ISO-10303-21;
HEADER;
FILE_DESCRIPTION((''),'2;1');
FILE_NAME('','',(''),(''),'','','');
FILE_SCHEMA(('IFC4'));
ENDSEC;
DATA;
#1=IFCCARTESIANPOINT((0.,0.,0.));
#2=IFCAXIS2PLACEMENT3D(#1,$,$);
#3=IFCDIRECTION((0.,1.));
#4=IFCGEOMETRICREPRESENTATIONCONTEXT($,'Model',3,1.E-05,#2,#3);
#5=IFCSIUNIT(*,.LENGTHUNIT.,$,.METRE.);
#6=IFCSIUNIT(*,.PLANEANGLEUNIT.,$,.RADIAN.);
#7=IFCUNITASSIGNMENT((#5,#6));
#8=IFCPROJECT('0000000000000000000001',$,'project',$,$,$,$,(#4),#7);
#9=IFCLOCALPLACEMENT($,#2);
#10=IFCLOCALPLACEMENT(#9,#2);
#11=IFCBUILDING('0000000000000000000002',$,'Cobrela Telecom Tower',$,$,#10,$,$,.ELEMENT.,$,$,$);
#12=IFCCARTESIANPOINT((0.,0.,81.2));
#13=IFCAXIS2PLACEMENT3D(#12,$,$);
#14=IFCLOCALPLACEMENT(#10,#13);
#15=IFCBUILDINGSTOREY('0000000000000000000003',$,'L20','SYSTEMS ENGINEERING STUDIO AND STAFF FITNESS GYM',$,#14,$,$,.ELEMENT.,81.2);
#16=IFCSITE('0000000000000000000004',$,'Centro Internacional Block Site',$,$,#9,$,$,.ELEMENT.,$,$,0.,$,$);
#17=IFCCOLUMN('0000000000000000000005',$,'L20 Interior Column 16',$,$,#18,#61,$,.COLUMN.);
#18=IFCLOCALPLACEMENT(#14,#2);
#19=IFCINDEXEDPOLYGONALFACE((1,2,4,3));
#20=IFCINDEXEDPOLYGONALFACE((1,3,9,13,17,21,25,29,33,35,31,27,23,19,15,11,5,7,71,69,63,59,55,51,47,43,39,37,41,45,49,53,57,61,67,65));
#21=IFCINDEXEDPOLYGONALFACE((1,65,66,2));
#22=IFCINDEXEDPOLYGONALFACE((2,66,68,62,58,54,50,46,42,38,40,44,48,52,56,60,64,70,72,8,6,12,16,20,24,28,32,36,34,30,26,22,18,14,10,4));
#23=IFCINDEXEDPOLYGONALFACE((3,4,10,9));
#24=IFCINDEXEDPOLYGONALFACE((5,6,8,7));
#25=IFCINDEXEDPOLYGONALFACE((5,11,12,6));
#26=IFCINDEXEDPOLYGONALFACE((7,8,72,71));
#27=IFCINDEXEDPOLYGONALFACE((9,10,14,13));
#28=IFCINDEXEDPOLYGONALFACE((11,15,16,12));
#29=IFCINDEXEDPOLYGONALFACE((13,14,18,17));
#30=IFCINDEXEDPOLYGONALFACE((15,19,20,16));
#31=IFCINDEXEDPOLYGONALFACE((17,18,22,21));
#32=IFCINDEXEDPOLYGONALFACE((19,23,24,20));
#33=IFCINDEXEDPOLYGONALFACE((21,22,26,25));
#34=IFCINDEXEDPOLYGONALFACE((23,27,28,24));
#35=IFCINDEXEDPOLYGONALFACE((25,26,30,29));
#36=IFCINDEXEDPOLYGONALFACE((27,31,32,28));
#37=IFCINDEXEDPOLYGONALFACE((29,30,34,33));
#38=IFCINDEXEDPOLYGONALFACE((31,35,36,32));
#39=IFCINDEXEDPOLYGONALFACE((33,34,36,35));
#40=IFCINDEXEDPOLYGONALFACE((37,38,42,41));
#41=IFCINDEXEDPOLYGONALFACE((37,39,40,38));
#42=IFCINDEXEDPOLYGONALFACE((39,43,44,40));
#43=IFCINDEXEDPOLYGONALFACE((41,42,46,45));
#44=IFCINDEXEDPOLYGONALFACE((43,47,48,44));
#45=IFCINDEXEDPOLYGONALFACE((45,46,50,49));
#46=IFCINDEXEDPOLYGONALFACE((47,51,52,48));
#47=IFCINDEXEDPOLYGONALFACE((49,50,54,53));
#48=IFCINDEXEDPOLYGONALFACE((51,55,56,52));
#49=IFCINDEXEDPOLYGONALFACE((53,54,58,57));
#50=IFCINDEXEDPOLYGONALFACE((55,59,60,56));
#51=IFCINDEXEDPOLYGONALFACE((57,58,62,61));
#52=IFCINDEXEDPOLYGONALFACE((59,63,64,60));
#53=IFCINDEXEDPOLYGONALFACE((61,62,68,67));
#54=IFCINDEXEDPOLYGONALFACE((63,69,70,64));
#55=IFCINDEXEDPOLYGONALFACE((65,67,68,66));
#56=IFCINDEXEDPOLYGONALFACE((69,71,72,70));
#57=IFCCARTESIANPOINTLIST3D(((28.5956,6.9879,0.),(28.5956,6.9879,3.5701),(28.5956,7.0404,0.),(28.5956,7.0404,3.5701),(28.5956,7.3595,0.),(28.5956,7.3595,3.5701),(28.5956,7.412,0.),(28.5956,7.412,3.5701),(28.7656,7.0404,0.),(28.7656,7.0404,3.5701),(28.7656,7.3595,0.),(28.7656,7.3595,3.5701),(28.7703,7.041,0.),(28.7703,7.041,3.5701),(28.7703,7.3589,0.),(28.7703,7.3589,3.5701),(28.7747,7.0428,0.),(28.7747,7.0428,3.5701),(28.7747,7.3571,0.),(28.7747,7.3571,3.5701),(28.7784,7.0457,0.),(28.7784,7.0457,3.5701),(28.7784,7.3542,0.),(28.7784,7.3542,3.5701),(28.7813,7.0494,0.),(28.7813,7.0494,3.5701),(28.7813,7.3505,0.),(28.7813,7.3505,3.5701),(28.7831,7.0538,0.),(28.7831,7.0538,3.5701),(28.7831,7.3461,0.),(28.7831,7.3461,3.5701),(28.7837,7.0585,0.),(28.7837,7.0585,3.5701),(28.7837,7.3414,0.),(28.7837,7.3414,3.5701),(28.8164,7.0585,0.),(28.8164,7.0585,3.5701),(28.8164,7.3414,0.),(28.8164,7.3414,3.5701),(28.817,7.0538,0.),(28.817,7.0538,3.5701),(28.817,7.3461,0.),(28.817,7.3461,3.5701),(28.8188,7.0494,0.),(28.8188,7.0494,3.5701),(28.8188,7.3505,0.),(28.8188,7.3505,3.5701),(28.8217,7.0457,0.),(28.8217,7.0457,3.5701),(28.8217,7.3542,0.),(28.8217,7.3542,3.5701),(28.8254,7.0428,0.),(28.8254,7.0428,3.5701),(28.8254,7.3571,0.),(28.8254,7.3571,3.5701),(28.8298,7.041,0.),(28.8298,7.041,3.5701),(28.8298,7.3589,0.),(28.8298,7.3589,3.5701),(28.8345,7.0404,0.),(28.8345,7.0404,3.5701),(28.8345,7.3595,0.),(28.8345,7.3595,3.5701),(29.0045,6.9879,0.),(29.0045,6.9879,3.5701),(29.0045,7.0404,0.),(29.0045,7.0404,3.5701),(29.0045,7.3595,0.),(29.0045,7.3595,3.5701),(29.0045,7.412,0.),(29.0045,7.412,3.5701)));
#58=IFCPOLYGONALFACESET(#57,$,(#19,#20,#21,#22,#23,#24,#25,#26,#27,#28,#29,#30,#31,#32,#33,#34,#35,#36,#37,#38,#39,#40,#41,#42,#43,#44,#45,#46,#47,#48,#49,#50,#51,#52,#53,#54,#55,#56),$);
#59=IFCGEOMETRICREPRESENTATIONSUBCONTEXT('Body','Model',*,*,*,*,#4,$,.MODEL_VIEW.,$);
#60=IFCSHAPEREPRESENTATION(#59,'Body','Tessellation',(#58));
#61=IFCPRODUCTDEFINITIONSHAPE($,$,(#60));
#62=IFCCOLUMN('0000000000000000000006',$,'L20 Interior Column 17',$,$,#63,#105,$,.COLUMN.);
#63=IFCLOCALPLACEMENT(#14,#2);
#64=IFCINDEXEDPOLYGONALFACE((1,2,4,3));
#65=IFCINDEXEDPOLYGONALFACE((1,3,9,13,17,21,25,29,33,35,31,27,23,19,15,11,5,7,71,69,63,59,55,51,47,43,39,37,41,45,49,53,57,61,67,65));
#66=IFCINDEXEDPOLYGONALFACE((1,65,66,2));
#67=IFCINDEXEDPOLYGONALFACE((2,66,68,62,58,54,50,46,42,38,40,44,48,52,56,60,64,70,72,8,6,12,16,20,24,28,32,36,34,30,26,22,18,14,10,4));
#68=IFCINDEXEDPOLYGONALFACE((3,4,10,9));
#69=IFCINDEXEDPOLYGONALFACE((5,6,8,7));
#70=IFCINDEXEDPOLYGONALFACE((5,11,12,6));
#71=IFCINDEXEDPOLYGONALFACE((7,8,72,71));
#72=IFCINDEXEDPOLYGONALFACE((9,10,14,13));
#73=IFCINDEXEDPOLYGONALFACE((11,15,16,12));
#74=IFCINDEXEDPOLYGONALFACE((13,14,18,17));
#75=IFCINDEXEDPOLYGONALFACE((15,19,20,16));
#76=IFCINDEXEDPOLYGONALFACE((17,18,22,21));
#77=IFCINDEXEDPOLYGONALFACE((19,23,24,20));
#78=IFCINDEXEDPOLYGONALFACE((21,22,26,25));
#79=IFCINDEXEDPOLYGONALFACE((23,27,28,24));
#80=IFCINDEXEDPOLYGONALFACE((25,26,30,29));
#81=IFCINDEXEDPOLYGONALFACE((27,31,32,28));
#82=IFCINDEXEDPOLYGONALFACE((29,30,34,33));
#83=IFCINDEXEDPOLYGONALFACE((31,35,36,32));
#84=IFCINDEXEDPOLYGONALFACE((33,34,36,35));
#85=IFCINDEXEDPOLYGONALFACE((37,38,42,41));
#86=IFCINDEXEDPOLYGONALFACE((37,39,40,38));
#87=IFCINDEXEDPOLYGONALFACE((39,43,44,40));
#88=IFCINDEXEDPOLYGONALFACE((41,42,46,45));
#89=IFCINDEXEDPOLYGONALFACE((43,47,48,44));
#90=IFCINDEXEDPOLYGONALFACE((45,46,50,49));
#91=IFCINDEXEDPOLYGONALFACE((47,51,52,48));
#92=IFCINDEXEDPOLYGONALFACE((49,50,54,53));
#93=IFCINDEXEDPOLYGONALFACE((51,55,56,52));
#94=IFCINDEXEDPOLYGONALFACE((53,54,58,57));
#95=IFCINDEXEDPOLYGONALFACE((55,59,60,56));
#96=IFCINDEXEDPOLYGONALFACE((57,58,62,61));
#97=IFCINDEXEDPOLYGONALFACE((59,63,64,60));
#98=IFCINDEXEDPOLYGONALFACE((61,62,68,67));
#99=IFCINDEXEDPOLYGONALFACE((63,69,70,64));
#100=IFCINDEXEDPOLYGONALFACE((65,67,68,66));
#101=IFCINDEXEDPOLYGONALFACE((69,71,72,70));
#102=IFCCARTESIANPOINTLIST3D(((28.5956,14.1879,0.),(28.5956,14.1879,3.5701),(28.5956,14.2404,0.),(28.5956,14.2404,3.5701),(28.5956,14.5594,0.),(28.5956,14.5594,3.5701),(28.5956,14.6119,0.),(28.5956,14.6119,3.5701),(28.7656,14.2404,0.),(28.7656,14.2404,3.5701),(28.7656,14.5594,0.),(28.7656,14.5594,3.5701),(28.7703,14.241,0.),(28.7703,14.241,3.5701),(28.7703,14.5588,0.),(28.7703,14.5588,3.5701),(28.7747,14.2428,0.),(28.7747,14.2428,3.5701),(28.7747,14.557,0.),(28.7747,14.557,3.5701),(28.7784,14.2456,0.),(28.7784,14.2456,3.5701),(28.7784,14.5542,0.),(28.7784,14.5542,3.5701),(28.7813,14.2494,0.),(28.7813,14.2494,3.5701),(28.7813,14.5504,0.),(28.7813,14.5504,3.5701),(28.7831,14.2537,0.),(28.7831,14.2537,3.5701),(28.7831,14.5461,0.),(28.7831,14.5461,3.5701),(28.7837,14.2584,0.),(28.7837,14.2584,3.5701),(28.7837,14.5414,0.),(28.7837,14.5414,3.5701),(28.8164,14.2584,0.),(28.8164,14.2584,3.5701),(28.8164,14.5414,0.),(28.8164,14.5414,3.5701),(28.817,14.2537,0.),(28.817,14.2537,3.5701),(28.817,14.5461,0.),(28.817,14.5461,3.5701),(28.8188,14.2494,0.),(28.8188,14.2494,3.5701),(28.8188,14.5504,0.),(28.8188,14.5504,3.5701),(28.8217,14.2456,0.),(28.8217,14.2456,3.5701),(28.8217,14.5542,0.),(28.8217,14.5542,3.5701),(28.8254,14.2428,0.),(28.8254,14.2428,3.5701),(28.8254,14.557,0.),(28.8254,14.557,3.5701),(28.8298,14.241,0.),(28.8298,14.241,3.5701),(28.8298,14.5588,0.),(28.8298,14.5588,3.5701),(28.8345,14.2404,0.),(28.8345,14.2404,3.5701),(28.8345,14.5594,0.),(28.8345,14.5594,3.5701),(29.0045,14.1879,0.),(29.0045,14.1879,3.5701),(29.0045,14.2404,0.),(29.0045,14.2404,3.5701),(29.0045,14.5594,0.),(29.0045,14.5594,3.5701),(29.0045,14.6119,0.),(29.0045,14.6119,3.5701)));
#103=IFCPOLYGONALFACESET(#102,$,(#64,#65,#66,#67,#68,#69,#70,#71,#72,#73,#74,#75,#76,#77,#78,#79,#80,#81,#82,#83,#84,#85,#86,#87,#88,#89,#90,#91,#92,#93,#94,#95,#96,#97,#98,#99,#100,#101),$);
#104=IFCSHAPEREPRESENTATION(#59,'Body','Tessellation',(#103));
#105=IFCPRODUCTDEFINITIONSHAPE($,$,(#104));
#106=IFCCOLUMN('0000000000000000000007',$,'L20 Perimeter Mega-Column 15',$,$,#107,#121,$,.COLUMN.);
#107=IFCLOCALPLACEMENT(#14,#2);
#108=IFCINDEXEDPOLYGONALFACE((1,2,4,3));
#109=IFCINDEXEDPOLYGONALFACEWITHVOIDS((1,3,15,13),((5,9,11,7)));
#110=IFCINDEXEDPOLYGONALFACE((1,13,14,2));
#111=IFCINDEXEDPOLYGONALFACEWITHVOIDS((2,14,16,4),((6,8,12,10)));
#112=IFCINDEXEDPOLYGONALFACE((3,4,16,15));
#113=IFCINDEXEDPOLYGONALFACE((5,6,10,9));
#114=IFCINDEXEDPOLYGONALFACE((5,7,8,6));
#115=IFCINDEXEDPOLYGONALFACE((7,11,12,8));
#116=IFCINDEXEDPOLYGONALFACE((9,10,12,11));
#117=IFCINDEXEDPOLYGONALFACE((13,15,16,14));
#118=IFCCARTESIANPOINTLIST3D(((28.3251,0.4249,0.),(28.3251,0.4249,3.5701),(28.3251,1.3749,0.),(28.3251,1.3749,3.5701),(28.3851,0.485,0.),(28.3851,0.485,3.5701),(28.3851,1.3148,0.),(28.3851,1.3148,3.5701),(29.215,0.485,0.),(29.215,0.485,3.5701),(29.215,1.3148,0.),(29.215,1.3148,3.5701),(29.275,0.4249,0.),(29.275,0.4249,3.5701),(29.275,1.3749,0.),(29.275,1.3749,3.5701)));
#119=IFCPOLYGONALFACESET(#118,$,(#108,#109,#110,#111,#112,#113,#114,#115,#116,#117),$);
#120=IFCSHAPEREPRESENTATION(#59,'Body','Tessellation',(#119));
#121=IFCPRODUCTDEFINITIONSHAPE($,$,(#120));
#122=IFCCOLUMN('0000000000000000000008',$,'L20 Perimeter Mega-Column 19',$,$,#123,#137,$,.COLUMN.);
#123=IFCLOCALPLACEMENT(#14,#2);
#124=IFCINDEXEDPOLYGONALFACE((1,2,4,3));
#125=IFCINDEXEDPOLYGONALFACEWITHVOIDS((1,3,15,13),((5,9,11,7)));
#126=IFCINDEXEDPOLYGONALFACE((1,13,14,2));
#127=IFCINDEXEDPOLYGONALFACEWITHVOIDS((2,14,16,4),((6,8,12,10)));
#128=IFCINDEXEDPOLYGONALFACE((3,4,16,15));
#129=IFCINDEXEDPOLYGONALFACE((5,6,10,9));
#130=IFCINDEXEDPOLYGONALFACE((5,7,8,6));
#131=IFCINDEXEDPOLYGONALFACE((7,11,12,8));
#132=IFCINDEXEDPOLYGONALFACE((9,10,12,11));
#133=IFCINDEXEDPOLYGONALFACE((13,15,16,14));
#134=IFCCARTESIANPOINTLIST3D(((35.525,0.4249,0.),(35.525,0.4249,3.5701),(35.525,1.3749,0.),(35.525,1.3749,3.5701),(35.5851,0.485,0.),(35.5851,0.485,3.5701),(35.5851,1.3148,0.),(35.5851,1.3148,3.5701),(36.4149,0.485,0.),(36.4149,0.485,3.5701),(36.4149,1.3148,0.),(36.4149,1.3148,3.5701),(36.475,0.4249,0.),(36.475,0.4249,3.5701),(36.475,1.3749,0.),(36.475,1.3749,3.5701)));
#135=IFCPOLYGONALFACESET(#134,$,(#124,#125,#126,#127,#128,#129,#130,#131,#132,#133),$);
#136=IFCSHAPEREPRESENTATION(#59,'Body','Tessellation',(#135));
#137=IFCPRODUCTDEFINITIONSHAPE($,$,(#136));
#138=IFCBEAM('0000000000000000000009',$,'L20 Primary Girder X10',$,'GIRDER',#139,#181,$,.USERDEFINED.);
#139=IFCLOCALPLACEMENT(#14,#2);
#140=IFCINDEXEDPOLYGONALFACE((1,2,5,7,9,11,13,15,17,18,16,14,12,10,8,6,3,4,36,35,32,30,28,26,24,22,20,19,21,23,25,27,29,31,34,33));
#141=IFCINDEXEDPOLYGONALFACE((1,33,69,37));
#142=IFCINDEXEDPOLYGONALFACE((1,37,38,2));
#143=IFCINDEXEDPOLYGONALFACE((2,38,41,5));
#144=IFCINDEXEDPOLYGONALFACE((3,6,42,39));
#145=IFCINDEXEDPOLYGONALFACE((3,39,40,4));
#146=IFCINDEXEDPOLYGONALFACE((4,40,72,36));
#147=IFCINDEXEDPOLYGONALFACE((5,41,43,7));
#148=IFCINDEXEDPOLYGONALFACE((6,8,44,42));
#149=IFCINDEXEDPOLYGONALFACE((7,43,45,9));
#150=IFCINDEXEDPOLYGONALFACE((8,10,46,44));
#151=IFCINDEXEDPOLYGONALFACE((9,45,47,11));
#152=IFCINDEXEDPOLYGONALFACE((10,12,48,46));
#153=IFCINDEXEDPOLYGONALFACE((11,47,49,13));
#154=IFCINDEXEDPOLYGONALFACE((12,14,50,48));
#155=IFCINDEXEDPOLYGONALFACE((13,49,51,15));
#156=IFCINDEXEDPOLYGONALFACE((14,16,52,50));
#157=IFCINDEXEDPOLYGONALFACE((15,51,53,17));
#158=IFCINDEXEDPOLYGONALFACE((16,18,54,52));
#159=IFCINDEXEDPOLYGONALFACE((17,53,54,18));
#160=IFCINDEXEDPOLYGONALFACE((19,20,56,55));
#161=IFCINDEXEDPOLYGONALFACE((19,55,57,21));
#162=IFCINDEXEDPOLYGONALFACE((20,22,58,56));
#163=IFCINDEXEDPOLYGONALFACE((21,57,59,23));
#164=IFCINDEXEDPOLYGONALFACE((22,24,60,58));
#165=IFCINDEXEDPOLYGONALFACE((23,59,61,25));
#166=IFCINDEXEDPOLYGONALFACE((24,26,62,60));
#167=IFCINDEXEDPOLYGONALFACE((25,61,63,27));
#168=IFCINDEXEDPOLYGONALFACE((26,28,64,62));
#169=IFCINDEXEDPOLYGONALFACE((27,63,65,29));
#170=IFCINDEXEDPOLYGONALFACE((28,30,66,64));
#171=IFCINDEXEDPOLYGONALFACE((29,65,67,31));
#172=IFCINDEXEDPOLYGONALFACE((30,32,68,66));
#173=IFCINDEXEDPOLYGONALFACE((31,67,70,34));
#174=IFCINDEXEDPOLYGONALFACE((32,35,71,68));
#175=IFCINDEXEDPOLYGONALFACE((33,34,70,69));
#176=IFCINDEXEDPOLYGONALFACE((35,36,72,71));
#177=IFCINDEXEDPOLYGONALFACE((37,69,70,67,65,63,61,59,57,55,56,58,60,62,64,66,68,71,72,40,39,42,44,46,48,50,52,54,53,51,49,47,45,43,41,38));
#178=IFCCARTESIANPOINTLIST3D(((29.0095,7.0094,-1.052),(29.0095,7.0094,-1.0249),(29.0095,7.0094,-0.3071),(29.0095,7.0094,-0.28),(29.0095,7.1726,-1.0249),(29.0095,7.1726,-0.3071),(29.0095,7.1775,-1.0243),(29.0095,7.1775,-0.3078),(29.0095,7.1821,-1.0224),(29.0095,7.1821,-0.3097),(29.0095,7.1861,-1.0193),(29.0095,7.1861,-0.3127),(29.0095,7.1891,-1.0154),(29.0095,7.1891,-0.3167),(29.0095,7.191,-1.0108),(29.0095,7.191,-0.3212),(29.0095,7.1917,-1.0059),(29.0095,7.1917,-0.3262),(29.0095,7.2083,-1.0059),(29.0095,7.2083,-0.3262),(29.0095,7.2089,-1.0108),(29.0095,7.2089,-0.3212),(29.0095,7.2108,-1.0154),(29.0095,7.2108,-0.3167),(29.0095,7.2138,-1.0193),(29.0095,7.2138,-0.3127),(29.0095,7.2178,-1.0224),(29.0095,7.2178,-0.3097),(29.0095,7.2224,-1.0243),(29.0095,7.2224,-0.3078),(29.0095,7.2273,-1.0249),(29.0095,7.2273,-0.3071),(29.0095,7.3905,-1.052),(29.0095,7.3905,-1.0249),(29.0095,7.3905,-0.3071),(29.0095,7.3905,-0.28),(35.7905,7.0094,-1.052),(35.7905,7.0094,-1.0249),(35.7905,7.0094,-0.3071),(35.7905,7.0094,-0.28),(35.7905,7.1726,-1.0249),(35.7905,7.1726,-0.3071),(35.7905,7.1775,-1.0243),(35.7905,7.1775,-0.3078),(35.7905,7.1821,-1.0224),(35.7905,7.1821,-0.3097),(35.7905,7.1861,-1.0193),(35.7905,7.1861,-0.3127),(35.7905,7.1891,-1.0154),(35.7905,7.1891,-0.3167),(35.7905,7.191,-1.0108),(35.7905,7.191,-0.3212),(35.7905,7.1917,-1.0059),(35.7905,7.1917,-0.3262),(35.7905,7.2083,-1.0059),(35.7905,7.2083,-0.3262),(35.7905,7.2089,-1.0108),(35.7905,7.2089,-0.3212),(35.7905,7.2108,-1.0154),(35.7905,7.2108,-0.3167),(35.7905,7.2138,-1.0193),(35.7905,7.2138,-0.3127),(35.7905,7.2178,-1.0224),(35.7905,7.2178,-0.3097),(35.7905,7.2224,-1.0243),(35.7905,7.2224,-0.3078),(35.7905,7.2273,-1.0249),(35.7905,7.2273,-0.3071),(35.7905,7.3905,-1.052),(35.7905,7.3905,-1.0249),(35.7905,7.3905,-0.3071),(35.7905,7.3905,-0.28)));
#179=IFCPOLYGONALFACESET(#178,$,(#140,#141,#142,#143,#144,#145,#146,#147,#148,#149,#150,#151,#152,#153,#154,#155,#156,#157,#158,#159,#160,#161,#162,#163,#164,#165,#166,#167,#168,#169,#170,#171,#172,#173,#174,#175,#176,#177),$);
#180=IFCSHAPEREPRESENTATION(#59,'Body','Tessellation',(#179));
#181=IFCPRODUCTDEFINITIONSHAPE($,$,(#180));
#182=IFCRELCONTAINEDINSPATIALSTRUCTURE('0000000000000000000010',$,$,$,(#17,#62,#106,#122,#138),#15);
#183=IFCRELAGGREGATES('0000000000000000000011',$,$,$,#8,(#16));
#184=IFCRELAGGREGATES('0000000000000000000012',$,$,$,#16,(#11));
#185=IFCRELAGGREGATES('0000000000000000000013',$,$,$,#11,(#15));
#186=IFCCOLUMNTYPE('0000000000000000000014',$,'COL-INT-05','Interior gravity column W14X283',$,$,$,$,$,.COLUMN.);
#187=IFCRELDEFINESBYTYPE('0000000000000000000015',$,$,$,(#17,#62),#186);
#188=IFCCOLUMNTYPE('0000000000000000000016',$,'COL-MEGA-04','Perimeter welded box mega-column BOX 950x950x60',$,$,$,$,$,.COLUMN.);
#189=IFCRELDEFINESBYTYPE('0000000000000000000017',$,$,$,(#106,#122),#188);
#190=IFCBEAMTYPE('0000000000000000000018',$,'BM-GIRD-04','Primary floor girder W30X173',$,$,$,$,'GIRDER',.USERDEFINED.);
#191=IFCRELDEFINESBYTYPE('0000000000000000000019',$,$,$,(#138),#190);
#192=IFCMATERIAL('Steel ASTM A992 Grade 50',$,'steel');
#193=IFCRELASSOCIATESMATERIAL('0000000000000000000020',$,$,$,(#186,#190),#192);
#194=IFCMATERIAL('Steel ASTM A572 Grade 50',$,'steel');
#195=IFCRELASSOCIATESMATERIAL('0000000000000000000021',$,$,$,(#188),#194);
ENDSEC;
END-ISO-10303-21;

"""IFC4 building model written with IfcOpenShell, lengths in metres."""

from ifc_helpers import new_model, si_unit, direction, frame, origin, origin_2d, place, context, subcontext, project, spatial, hollow_rectangle, i_section, extrude, material, material_profile, profile_set, type_object, element, save


model = new_model("IFC4")

# Units and contexts
model_context = context("Model", 3, precision=1e-05, world=origin(), true_north=direction((0.0, 1.0)))
body_context = subcontext(model_context, "Body", "Model", "MODEL_VIEW")
ifc_project = project(units=[si_unit("LENGTHUNIT", "METRE"), si_unit("PLANEANGLEUNIT", "RADIAN")], contexts=[model_context])

# Site, building, storey
site_placement = place(None, origin())
site = spatial("IfcSite", under=ifc_project, at=site_placement, Name="Centro Internacional Block Site", CompositionType="ELEMENT", RefElevation=0.0)
building_placement = place(site_placement, origin())
building = spatial("IfcBuilding", under=site, at=building_placement, Name="Cobrela Telecom Tower", CompositionType="ELEMENT")
storey_placement = place(building_placement, frame((0.0, 0.0, 81.2)))
storey = spatial("IfcBuildingStorey", under=building, at=storey_placement, Name="L20", Description="SYSTEMS ENGINEERING STUDIO AND STAFF FITNESS GYM", CompositionType="ELEMENT", Elevation=81.2)

# Columns
ifc_material_1 = material(Name="Steel ASTM A992 Grade 50", Category="steel")
ifc_material_profile_1 = material_profile(ifc_material_1, i_section(OverallWidth=0.4089, OverallDepth=0.4241, WebThickness=0.0327, FlangeThickness=0.0525, FilletRadius=0.0181, at=origin_2d()), Name="W14X283")
ifc_profile_set_1 = profile_set([ifc_material_profile_1], Name="Steel ASTM A992 Grade 50")
column_type_1 = type_object("IfcColumnType", Name="COL-INT-05", Description="Interior gravity column W14X283", PredefinedType="COLUMN", material=ifc_profile_set_1)
for number, where, z_axis, x_axis, name in (
    (1, (28.8, 7.2, 0.0), (0.0, 0.0, 1.0), (1.0, 0.0, 0.0), "L20 Interior Column 16"),
    (2, (28.8, 14.3999, 0.0), (0.0, 0.0, 1.0), (1.0, 0.0, 0.0), "L20 Interior Column 17"),
):
    element("IfcColumn", number, at=place(storey_placement, frame(where, z_axis=z_axis, x_axis=x_axis)), inside=storey, type_object=column_type_1, Name=name, PredefinedType="COLUMN", context=body_context, shape_type="SweptSolid", body=[
        extrude(i_section(OverallWidth=0.4089, OverallDepth=0.4241, WebThickness=0.0327, FlangeThickness=0.0525, FilletRadius=0.0181, at=origin_2d()), origin(), (0.0, 0.0, 1.0), 3.5701),
    ])
ifc_material_2 = material(Name="Steel ASTM A572 Grade 50", Category="steel")
ifc_material_profile_2 = material_profile(ifc_material_2, hollow_rectangle(XDim=0.95, YDim=0.95, WallThickness=0.0601, at=origin_2d()), Name="BOX 950x950x60")
ifc_profile_set_2 = profile_set([ifc_material_profile_2], Name="Steel ASTM A572 Grade 50")
column_type_2 = type_object("IfcColumnType", Name="COL-MEGA-04", Description="Perimeter welded box mega-column BOX 950x950x60", PredefinedType="COLUMN", material=ifc_profile_set_2)
for number, where, z_axis, x_axis, name in (
    (3, (28.8, 0.8999, 0.0), (0.0, 0.0, 1.0), (1.0, 0.0, 0.0), "L20 Perimeter Mega-Column 15"),
    (4, (36.0, 0.8999, 0.0), (0.0, 0.0, 1.0), (1.0, 0.0, 0.0), "L20 Perimeter Mega-Column 19"),
):
    element("IfcColumn", number, at=place(storey_placement, frame(where, z_axis=z_axis, x_axis=x_axis)), inside=storey, type_object=column_type_2, Name=name, PredefinedType="COLUMN", context=body_context, shape_type="SweptSolid", body=[
        extrude(hollow_rectangle(XDim=0.95, YDim=0.95, WallThickness=0.0601, at=origin_2d()), origin(), (0.0, 0.0, 1.0), 3.5701),
    ])

# Beam
ifc_material_profile_3 = material_profile(ifc_material_1, i_section(OverallWidth=0.3811, OverallDepth=0.772, WebThickness=0.0166, FlangeThickness=0.0271, FilletRadius=0.019, at=origin_2d()), Name="W30X173")
ifc_profile_set_3 = profile_set([ifc_material_profile_3], Name="Steel ASTM A992 Grade 50")
beam_type_1 = type_object("IfcBeamType", Name="BM-GIRD-04", Description="Primary floor girder W30X173", ElementType="GIRDER", PredefinedType="USERDEFINED", material=ifc_profile_set_3)
for number, where, z_axis, x_axis, name in (
    (5, (29.0095, 7.2, -0.666), (1.0, 0.0, 0.0), (0.0, 1.0, 0.0), "L20 Primary Girder X10"),
):
    element("IfcBeam", number, at=place(storey_placement, frame(where, z_axis=z_axis, x_axis=x_axis)), inside=storey, type_object=beam_type_1, Name=name, ObjectType="GIRDER", PredefinedType="USERDEFINED", context=body_context, shape_type="SweptSolid", body=[
        extrude(i_section(OverallWidth=0.3811, OverallDepth=0.772, WebThickness=0.0166, FlangeThickness=0.0271, FilletRadius=0.019, at=origin_2d()), origin(), (0.0, 0.0, 1.0), 6.781),
    ])

save(model, "model.ifc")
